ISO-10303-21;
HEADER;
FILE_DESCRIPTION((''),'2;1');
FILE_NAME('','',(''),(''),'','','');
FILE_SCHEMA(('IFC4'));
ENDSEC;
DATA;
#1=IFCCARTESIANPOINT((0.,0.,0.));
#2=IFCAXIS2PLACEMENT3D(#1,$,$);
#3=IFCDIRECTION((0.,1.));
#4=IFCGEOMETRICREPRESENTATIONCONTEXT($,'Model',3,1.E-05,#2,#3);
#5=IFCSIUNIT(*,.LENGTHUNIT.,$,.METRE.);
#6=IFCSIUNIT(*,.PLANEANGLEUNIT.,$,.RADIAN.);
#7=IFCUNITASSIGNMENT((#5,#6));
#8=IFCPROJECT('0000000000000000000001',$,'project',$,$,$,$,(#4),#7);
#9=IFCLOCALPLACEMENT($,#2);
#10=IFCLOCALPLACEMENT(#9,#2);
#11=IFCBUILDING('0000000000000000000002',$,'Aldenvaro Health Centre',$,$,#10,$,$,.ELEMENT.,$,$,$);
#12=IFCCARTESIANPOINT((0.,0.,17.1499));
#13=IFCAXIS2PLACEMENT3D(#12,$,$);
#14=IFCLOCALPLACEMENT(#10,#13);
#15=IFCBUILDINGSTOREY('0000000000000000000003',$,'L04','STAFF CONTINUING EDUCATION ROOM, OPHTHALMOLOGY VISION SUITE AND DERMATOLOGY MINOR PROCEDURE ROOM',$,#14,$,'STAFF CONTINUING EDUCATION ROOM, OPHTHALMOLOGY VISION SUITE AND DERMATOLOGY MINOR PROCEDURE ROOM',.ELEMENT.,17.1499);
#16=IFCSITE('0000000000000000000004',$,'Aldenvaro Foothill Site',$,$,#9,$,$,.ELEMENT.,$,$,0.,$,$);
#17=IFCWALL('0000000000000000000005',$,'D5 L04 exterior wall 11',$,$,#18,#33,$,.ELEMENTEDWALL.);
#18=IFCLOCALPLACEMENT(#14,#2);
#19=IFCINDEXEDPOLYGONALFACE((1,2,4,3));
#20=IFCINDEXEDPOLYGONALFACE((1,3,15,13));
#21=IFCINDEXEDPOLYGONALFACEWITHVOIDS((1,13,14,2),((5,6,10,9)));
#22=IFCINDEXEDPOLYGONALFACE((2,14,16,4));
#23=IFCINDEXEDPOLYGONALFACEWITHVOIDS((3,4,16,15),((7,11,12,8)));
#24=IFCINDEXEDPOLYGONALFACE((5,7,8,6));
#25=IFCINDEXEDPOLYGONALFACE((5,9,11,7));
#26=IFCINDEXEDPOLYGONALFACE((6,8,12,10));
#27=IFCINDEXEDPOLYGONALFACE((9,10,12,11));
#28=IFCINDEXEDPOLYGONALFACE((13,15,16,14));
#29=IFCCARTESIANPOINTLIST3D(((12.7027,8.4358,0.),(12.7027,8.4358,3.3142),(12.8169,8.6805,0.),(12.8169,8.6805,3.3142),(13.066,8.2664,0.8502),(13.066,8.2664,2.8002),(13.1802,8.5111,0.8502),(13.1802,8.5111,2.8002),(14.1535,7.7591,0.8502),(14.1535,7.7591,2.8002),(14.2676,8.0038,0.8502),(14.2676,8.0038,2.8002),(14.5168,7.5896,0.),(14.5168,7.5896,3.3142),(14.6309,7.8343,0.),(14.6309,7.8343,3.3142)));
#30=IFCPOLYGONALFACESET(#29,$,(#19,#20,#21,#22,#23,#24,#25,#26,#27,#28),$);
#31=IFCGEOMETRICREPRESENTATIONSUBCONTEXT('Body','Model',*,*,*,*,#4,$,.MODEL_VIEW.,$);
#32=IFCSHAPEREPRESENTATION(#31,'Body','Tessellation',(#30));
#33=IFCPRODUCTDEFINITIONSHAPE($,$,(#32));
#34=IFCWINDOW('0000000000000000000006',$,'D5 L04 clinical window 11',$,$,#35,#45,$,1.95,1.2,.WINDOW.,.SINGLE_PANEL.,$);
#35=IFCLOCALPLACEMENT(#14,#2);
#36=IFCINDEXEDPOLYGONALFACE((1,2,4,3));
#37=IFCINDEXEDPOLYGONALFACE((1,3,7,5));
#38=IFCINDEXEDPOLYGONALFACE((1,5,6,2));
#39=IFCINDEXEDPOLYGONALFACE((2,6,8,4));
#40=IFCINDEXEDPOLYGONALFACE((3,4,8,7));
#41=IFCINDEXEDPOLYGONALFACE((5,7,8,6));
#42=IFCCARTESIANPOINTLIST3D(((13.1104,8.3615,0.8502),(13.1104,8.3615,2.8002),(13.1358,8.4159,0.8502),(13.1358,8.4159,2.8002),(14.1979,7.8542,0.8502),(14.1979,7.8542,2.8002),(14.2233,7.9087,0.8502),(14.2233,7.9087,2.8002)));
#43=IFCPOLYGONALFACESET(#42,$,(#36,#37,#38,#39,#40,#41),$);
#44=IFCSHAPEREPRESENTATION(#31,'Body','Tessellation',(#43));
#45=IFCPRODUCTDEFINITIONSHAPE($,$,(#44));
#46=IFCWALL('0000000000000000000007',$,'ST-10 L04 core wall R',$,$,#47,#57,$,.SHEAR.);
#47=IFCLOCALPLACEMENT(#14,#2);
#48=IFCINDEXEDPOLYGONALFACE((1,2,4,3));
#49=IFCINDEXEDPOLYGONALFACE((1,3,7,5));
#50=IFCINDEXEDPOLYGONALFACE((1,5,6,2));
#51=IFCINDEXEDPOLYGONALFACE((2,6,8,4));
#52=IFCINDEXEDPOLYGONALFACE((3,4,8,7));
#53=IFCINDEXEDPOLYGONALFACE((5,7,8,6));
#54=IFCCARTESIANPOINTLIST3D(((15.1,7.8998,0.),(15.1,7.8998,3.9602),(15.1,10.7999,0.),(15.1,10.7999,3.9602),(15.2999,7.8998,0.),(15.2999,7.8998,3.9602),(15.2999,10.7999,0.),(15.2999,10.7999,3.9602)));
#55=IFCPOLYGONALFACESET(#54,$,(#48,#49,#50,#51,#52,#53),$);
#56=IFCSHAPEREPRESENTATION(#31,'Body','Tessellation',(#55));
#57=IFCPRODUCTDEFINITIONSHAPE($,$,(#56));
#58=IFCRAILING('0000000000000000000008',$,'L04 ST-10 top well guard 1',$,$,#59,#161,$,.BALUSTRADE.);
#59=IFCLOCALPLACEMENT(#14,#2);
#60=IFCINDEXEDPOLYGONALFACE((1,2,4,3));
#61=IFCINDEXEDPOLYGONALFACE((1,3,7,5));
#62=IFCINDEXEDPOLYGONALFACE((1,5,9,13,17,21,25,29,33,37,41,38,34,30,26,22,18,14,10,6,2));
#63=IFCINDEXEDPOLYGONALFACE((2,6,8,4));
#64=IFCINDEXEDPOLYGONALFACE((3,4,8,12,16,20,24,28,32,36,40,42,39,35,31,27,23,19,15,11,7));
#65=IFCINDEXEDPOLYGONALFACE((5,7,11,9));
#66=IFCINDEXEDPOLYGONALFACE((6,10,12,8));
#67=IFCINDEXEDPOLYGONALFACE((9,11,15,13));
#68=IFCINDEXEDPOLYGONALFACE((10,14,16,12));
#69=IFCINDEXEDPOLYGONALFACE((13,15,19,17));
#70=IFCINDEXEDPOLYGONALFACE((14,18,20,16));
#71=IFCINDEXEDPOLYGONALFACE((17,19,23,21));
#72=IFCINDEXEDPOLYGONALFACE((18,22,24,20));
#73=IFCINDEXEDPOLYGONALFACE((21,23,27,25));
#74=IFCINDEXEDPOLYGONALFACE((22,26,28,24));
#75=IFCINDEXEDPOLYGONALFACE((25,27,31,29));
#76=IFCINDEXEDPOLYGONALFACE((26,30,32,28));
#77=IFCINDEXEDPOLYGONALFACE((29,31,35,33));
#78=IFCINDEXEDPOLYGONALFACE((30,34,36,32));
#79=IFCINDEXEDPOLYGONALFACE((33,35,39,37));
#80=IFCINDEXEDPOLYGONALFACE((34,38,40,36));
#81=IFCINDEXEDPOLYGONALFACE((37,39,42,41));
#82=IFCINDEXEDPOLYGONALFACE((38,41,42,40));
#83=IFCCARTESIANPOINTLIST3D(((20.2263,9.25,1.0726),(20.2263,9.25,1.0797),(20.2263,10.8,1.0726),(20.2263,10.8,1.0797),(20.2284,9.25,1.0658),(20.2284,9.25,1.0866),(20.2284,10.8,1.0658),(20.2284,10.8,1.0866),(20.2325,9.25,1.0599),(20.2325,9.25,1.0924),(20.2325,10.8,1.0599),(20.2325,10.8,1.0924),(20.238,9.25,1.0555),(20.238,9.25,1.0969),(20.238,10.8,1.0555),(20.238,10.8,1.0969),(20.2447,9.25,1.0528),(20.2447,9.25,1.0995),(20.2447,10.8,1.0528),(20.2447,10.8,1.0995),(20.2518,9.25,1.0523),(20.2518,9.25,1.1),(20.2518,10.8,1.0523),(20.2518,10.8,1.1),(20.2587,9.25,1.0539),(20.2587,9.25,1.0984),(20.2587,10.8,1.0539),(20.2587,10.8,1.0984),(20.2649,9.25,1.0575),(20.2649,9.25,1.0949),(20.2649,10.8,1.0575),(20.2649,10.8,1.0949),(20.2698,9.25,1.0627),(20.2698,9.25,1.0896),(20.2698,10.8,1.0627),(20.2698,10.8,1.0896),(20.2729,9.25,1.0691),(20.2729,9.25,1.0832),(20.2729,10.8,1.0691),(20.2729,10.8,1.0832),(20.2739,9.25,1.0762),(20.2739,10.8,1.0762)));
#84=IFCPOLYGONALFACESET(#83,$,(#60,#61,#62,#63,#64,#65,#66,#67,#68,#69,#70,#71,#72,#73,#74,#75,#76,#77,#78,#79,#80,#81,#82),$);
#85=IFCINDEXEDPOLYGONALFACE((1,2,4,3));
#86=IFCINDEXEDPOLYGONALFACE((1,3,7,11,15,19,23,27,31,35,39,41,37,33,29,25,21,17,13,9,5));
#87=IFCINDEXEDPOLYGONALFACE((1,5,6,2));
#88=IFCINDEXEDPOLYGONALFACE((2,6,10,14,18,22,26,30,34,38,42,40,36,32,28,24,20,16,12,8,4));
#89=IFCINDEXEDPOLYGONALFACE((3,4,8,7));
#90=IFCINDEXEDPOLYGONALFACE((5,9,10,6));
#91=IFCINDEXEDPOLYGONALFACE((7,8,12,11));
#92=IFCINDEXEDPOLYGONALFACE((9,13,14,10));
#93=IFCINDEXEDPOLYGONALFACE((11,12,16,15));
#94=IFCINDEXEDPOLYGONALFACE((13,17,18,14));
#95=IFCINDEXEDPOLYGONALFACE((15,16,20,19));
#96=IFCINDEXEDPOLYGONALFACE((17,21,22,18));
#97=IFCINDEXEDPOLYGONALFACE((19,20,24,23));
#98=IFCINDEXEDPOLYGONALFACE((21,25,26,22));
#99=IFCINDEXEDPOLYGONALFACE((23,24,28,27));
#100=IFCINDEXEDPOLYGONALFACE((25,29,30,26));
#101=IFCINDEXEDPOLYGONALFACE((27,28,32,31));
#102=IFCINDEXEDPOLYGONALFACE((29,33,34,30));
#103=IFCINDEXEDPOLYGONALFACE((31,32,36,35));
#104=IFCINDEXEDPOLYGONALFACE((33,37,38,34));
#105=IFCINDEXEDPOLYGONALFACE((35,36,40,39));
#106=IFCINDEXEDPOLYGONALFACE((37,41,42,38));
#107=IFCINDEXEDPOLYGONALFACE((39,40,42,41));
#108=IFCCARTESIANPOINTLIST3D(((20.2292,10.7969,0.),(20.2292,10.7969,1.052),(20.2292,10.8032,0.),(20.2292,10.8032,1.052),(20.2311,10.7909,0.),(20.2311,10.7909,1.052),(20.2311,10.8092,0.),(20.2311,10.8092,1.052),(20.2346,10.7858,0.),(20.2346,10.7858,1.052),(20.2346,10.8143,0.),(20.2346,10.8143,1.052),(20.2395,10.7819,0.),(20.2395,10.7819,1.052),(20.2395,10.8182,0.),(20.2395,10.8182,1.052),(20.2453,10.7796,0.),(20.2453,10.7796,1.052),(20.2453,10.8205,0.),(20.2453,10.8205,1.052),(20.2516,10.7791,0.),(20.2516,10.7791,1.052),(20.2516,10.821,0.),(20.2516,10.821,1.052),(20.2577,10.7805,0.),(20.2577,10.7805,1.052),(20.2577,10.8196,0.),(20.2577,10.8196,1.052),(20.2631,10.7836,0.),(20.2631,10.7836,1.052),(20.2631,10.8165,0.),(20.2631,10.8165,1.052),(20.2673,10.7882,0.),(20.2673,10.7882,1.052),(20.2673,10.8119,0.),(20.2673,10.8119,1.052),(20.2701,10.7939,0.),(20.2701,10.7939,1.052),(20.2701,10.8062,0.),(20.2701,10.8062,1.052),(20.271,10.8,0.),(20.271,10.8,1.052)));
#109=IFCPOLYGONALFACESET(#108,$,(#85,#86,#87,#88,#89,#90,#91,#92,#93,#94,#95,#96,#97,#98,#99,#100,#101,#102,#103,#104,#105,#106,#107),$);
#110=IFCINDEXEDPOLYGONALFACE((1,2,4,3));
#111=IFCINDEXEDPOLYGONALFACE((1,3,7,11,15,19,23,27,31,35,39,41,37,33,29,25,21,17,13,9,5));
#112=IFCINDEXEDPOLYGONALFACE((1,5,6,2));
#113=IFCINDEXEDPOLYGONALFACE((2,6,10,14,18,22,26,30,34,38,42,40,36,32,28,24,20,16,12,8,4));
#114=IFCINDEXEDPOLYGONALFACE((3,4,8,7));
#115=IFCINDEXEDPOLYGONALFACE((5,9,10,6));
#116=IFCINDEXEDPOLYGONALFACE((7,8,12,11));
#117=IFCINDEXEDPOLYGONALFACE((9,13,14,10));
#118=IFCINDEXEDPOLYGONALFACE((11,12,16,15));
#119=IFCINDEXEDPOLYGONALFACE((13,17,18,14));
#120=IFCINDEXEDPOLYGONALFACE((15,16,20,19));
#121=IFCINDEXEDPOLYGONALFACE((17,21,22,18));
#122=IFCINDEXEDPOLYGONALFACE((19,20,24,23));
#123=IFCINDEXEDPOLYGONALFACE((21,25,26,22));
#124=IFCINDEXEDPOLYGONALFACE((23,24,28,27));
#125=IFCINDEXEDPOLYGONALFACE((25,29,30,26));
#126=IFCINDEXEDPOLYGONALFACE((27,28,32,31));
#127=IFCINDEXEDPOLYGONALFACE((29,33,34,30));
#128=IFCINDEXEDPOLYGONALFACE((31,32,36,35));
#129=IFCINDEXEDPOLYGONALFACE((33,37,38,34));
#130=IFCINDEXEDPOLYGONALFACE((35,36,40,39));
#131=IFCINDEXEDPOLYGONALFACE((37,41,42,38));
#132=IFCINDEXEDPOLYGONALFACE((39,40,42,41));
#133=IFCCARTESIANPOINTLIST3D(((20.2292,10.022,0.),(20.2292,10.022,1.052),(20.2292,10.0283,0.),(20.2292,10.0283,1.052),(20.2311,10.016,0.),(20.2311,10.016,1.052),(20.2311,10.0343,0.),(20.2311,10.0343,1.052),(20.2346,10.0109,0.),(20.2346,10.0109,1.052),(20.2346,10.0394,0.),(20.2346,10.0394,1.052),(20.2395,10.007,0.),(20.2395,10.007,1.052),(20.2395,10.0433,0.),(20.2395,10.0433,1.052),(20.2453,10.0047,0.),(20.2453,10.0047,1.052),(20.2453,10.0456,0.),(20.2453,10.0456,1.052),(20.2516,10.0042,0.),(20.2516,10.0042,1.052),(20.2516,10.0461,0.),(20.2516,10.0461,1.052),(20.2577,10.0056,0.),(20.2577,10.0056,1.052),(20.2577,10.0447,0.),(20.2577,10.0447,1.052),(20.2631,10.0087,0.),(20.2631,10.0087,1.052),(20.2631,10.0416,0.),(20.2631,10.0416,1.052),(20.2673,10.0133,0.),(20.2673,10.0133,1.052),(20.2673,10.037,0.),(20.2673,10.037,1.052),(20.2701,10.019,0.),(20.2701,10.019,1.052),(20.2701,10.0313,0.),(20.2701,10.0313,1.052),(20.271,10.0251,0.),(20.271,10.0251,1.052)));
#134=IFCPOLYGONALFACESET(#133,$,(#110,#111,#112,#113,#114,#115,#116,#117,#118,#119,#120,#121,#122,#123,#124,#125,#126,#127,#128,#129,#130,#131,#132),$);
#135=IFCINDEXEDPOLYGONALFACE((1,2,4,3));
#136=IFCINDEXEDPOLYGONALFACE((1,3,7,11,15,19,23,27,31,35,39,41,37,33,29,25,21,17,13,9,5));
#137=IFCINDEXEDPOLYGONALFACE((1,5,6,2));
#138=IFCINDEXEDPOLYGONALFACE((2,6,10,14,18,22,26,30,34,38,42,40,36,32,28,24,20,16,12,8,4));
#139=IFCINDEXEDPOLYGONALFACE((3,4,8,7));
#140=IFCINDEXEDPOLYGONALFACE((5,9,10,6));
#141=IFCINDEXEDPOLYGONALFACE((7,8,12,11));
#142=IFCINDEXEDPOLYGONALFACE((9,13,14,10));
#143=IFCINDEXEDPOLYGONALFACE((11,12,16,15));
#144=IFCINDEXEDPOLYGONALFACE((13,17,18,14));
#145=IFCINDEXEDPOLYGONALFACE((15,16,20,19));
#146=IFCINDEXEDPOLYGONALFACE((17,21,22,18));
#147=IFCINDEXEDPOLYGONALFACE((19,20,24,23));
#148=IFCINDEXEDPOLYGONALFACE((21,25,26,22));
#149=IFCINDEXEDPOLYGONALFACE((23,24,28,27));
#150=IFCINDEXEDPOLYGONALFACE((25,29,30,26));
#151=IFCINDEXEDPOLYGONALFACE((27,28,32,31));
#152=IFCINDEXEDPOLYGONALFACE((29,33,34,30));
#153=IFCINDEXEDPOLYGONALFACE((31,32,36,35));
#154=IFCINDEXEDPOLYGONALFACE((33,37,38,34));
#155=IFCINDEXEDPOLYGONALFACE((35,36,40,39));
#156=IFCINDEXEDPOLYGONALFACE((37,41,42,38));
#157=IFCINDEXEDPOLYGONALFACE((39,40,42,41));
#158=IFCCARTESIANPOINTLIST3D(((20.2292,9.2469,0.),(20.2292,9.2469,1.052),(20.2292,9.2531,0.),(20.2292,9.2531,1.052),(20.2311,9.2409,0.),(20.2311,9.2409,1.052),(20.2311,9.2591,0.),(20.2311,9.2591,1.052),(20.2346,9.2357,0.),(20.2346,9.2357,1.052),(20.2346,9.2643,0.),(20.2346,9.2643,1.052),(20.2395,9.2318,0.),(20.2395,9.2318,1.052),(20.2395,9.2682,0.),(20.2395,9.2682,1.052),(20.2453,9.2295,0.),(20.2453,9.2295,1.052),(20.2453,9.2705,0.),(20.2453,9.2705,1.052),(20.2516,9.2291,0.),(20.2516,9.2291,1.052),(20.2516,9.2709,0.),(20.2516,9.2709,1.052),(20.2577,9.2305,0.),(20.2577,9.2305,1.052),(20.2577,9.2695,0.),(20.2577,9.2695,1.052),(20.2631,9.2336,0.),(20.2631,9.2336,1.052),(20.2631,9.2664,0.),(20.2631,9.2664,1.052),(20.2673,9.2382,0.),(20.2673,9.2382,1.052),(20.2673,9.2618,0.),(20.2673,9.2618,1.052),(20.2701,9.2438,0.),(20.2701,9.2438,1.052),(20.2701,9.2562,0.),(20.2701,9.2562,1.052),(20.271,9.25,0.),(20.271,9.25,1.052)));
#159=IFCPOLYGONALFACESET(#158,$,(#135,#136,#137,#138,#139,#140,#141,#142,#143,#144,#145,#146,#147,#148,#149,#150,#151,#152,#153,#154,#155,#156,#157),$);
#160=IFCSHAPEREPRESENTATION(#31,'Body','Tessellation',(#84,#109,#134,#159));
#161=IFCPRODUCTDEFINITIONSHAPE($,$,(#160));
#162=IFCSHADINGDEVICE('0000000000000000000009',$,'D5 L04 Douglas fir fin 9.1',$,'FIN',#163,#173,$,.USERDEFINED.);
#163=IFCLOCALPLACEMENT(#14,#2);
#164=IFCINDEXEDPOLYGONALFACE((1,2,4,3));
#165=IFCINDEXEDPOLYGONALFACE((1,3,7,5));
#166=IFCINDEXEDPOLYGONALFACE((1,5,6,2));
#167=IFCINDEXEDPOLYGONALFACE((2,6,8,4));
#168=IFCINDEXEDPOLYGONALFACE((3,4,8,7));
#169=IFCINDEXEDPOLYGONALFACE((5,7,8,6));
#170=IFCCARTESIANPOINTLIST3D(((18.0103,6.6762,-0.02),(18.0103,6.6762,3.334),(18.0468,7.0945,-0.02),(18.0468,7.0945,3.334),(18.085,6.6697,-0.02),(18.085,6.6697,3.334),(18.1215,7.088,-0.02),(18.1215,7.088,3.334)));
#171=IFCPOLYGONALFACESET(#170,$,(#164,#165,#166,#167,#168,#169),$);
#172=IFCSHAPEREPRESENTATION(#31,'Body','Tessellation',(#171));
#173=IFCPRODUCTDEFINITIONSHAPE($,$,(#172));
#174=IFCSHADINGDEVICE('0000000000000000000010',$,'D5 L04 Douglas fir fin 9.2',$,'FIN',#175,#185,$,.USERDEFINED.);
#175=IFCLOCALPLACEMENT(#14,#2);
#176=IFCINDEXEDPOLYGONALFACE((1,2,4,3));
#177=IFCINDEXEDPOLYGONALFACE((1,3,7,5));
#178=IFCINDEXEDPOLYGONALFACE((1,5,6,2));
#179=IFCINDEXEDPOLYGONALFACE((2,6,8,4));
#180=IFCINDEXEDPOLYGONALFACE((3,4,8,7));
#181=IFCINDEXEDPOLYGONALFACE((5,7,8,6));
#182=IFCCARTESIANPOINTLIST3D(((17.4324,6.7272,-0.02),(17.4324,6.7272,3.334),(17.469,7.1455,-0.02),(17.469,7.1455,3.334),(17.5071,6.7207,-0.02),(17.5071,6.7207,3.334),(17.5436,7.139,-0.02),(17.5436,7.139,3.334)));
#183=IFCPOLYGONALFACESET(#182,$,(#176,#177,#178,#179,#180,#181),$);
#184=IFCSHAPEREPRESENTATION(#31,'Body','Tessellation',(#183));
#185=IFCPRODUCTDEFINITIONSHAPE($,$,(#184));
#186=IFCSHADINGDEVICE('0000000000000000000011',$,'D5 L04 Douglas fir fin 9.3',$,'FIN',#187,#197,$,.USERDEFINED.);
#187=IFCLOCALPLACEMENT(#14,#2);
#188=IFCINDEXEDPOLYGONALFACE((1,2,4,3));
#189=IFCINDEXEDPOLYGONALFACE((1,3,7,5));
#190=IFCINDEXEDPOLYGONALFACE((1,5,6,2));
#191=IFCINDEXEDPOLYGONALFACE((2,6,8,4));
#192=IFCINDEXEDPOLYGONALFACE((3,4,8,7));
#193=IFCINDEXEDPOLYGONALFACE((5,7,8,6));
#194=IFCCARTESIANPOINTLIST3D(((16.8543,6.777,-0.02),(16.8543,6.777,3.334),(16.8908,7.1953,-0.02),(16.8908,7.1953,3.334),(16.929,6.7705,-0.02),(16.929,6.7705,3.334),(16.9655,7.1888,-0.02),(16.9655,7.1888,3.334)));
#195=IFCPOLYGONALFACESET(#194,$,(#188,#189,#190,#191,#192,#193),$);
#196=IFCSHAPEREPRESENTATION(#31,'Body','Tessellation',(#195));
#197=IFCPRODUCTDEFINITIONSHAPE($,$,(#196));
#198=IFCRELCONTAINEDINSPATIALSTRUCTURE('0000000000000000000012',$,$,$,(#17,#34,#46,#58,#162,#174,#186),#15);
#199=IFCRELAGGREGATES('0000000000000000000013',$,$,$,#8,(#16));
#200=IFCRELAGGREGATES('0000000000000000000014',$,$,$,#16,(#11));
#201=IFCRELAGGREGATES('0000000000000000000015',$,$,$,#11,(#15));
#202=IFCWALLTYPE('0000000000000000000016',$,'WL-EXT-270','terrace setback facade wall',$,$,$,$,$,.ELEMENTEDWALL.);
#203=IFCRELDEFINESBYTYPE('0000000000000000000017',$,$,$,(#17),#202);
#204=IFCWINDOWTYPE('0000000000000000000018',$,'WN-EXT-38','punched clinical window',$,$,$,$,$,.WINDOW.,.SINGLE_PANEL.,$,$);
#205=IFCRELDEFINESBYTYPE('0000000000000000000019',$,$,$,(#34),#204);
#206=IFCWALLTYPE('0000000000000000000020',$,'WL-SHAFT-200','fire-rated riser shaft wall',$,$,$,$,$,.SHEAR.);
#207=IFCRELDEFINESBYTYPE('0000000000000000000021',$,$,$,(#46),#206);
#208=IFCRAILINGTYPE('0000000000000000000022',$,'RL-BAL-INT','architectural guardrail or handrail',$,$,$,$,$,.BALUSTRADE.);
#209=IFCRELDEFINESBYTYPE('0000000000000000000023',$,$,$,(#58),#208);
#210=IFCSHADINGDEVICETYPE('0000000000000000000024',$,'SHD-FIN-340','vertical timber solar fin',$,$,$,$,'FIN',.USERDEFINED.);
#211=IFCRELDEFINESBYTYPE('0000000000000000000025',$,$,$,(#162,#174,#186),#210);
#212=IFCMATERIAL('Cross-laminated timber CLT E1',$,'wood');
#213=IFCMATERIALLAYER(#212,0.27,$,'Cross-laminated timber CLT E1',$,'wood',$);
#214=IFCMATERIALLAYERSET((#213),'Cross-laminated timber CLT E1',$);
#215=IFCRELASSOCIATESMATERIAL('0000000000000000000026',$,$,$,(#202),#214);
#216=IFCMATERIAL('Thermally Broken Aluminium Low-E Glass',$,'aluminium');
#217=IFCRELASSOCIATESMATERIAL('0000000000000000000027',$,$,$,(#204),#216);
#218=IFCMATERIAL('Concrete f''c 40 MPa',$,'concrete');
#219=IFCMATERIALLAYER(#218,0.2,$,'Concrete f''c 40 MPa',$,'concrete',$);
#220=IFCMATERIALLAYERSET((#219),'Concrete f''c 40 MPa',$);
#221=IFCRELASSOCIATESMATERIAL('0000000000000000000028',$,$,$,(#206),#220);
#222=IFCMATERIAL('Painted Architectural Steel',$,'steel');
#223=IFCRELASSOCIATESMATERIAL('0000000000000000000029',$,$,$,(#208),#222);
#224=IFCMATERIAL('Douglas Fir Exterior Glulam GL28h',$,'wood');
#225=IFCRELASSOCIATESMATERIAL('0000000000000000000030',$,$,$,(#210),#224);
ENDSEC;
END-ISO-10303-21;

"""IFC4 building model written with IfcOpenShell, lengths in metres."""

from ifc_helpers import new_model, si_unit, direction, frame, frame_2d, origin, origin_2d, place, context, subcontext, project, spatial, rectangle, circle, extrude, material, layer, layer_set, type_object, element, fill, save


model = new_model("IFC4")

# Units and contexts
model_context = context("Model", 3, precision=1e-05, world=origin(), true_north=direction((0.0, 1.0)))
body_context = subcontext(model_context, "Body", "Model", "MODEL_VIEW")
ifc_project = project(units=[si_unit("LENGTHUNIT", "METRE"), si_unit("PLANEANGLEUNIT", "RADIAN")], contexts=[model_context])

# Site, building, storey
site_placement = place(None, origin())
site = spatial("IfcSite", under=ifc_project, at=site_placement, Name="Aldenvaro Foothill Site", CompositionType="ELEMENT", RefElevation=0.0)
building_placement = place(site_placement, origin())
building = spatial("IfcBuilding", under=site, at=building_placement, Name="Aldenvaro Health Centre", CompositionType="ELEMENT")
storey_placement = place(building_placement, frame((0.0, 0.0, 17.1499)))
storey = spatial("IfcBuildingStorey", under=building, at=storey_placement, Name="L04", Description="STAFF CONTINUING EDUCATION ROOM, OPHTHALMOLOGY VISION SUITE AND DERMATOLOGY MINOR PROCEDURE ROOM", LongName="STAFF CONTINUING EDUCATION ROOM, OPHTHALMOLOGY VISION SUITE AND DERMATOLOGY MINOR PROCEDURE ROOM", CompositionType="ELEMENT", Elevation=17.1499)

# Shared definitions
ifc_material_1 = material(Name="Cross-laminated timber CLT E1", Category="wood")
ifc_layer_1 = layer(ifc_material_1, 0.27, Name="Cross-laminated timber CLT E1", Category="wood")
ifc_layer_set_1 = layer_set([ifc_layer_1], Name="Cross-laminated timber CLT E1")
wall_type_1 = type_object("IfcWallType", Name="WL-EXT-270", Description="terrace setback facade wall", PredefinedType="ELEMENTEDWALL", material=ifc_layer_set_1)

# Wall, opening, window
ifc_material_2 = material(Name="Thermally Broken Aluminium Low-E Glass", Category="aluminium")
wall_1_placement = place(storey_placement, frame((14.574, 7.7119, 0.0), z_axis=(0.0, 0.0, 1.0), x_axis=(-0.906245, 0.422752, 0.0)))
wall_1 = element("IfcWall", 1, at=wall_1_placement, inside=storey, type_object=wall_type_1, Name="D5 L04 exterior wall 11", PredefinedType="ELEMENTEDWALL", context=body_context, shape_type="SweptSolid", body=[
    extrude(rectangle(XDim=2.0017, YDim=0.27, at=frame_2d((1.001, 0.0))), origin(), (0.0, 0.0, 1.0), 3.3142),
])
opening_1_placement = place(wall_1_placement, frame((0.4009, 0.0, 0.8501)))
opening_1 = element("IfcOpeningElement", 2, at=opening_1_placement, cuts=wall_1, PredefinedType="OPENING", context=body_context, shape_type="SweptSolid", body=[
    extrude(rectangle(XDim=1.2, YDim=1.95, at=frame_2d((0.6001, 0.9751))), frame((0.0, 0.145, 0.0), z_axis=(0.0, -1.0, 0.0), x_axis=(1.0, 0.0, 0.0)), (0.0, 0.0, 1.0), 0.29),
])
window_type_1 = type_object("IfcWindowType", Name="WN-EXT-38", Description="punched clinical window", PartitioningType="SINGLE_PANEL", PredefinedType="WINDOW", material=ifc_material_2)
window_1_placement = place(opening_1_placement, origin())
window_1 = element("IfcWindow", 3, at=window_1_placement, inside=storey, type_object=window_type_1, Name="D5 L04 clinical window 11", OverallHeight=1.95, OverallWidth=1.2, PartitioningType="SINGLE_PANEL", PredefinedType="WINDOW", context=body_context, shape_type="SweptSolid", body=[
    extrude(rectangle(XDim=1.2, YDim=1.95, at=frame_2d((0.6001, 0.9751))), frame((0.0, 0.03, 0.0), z_axis=(0.0, -1.0, 0.0), x_axis=(1.0, 0.0, 0.0)), (0.0, 0.0, 1.0), 0.0601),
])
fill(opening_1, window_1)

# Wall
ifc_material_3 = material(Name="Concrete f'c 40 MPa", Category="concrete")
ifc_layer_2 = layer(ifc_material_3, 0.2, Name="Concrete f'c 40 MPa", Category="concrete")
ifc_layer_set_2 = layer_set([ifc_layer_2], Name="Concrete f'c 40 MPa")
wall_type_2 = type_object("IfcWallType", Name="WL-SHAFT-200", Description="fire-rated riser shaft wall", PredefinedType="SHEAR", material=ifc_layer_set_2)
wall_2_placement = place(storey_placement, frame((15.2, 10.8, 0.0), z_axis=(0.0, 0.0, 1.0), x_axis=(0.0, -1.0, 0.0)))
element("IfcWall", 4, at=wall_2_placement, inside=storey, type_object=wall_type_2, Name="ST-10 L04 core wall R", PredefinedType="SHEAR", context=body_context, shape_type="SweptSolid", body=[
    extrude(rectangle(XDim=2.9001, YDim=0.2, at=frame_2d((1.4502, 0.0))), origin(), (0.0, 0.0, 1.0), 3.9602),
])

# Railing
ifc_material_4 = material(Name="Painted Architectural Steel", Category="steel")
railing_type = type_object("IfcRailingType", Name="RL-BAL-INT", Description="architectural guardrail or handrail", PredefinedType="BALUSTRADE", material=ifc_material_4)
railing_placement = place(storey_placement, frame((20.25, 10.8, 0.0)))
element("IfcRailing", 5, at=railing_placement, inside=storey, type_object=railing_type, Name="L04 ST-10 top well guard 1", PredefinedType="BALUSTRADE", context=body_context, shape_type="SweptSolid", body=[
    extrude(circle(Radius=0.0239, at=origin_2d()), frame((0.0, 0.0, 1.0762), z_axis=(0.0, -1.0, 0.0), x_axis=(1.0, 0.0, 0.0)), (0.0, 0.0, 1.0), 1.55),
    extrude(circle(Radius=0.021, at=origin_2d()), origin(), (0.0, 0.0, 1.0), 1.052),
    extrude(circle(Radius=0.021, at=origin_2d()), frame((0.0, -0.7749, 0.0)), (0.0, 0.0, 1.0), 1.052),
    extrude(circle(Radius=0.021, at=origin_2d()), frame((0.0, -1.55, 0.0)), (0.0, 0.0, 1.0), 1.052),
])

# Shading devices
ifc_material_5 = material(Name="Douglas Fir Exterior Glulam GL28h", Category="wood")
shading_device_type_1 = type_object("IfcShadingDeviceType", Name="SHD-FIN-340", Description="vertical timber solar fin", ElementType="FIN", PredefinedType="USERDEFINED", material=ifc_material_5)
for number, where, z_axis, x_axis, name in (
    (6, (18.0659, 6.8821, -0.02), (0.0, 0.0, 1.0), (-0.996211, 0.086975, 0.0), "D5 L04 Douglas fir fin 9.1"),
    (7, (17.488, 6.9331, -0.02), (0.0, 0.0, 1.0), (-0.996211, 0.086975, 0.0), "D5 L04 Douglas fir fin 9.2"),
    (8, (16.9099, 6.9829, -0.02), (0.0, 0.0, 1.0), (-0.996211, 0.086975, 0.0), "D5 L04 Douglas fir fin 9.3"),
):
    element("IfcShadingDevice", number, at=place(storey_placement, frame(where, z_axis=z_axis, x_axis=x_axis)), inside=storey, type_object=shading_device_type_1, Name=name, ObjectType="FIN", PredefinedType="USERDEFINED", context=body_context, shape_type="SweptSolid", body=[
        extrude(rectangle(XDim=0.075, YDim=0.4199, at=origin_2d()), origin(), (0.0, 0.0, 1.0), 3.354),
    ])

save(model, "model.ifc")
